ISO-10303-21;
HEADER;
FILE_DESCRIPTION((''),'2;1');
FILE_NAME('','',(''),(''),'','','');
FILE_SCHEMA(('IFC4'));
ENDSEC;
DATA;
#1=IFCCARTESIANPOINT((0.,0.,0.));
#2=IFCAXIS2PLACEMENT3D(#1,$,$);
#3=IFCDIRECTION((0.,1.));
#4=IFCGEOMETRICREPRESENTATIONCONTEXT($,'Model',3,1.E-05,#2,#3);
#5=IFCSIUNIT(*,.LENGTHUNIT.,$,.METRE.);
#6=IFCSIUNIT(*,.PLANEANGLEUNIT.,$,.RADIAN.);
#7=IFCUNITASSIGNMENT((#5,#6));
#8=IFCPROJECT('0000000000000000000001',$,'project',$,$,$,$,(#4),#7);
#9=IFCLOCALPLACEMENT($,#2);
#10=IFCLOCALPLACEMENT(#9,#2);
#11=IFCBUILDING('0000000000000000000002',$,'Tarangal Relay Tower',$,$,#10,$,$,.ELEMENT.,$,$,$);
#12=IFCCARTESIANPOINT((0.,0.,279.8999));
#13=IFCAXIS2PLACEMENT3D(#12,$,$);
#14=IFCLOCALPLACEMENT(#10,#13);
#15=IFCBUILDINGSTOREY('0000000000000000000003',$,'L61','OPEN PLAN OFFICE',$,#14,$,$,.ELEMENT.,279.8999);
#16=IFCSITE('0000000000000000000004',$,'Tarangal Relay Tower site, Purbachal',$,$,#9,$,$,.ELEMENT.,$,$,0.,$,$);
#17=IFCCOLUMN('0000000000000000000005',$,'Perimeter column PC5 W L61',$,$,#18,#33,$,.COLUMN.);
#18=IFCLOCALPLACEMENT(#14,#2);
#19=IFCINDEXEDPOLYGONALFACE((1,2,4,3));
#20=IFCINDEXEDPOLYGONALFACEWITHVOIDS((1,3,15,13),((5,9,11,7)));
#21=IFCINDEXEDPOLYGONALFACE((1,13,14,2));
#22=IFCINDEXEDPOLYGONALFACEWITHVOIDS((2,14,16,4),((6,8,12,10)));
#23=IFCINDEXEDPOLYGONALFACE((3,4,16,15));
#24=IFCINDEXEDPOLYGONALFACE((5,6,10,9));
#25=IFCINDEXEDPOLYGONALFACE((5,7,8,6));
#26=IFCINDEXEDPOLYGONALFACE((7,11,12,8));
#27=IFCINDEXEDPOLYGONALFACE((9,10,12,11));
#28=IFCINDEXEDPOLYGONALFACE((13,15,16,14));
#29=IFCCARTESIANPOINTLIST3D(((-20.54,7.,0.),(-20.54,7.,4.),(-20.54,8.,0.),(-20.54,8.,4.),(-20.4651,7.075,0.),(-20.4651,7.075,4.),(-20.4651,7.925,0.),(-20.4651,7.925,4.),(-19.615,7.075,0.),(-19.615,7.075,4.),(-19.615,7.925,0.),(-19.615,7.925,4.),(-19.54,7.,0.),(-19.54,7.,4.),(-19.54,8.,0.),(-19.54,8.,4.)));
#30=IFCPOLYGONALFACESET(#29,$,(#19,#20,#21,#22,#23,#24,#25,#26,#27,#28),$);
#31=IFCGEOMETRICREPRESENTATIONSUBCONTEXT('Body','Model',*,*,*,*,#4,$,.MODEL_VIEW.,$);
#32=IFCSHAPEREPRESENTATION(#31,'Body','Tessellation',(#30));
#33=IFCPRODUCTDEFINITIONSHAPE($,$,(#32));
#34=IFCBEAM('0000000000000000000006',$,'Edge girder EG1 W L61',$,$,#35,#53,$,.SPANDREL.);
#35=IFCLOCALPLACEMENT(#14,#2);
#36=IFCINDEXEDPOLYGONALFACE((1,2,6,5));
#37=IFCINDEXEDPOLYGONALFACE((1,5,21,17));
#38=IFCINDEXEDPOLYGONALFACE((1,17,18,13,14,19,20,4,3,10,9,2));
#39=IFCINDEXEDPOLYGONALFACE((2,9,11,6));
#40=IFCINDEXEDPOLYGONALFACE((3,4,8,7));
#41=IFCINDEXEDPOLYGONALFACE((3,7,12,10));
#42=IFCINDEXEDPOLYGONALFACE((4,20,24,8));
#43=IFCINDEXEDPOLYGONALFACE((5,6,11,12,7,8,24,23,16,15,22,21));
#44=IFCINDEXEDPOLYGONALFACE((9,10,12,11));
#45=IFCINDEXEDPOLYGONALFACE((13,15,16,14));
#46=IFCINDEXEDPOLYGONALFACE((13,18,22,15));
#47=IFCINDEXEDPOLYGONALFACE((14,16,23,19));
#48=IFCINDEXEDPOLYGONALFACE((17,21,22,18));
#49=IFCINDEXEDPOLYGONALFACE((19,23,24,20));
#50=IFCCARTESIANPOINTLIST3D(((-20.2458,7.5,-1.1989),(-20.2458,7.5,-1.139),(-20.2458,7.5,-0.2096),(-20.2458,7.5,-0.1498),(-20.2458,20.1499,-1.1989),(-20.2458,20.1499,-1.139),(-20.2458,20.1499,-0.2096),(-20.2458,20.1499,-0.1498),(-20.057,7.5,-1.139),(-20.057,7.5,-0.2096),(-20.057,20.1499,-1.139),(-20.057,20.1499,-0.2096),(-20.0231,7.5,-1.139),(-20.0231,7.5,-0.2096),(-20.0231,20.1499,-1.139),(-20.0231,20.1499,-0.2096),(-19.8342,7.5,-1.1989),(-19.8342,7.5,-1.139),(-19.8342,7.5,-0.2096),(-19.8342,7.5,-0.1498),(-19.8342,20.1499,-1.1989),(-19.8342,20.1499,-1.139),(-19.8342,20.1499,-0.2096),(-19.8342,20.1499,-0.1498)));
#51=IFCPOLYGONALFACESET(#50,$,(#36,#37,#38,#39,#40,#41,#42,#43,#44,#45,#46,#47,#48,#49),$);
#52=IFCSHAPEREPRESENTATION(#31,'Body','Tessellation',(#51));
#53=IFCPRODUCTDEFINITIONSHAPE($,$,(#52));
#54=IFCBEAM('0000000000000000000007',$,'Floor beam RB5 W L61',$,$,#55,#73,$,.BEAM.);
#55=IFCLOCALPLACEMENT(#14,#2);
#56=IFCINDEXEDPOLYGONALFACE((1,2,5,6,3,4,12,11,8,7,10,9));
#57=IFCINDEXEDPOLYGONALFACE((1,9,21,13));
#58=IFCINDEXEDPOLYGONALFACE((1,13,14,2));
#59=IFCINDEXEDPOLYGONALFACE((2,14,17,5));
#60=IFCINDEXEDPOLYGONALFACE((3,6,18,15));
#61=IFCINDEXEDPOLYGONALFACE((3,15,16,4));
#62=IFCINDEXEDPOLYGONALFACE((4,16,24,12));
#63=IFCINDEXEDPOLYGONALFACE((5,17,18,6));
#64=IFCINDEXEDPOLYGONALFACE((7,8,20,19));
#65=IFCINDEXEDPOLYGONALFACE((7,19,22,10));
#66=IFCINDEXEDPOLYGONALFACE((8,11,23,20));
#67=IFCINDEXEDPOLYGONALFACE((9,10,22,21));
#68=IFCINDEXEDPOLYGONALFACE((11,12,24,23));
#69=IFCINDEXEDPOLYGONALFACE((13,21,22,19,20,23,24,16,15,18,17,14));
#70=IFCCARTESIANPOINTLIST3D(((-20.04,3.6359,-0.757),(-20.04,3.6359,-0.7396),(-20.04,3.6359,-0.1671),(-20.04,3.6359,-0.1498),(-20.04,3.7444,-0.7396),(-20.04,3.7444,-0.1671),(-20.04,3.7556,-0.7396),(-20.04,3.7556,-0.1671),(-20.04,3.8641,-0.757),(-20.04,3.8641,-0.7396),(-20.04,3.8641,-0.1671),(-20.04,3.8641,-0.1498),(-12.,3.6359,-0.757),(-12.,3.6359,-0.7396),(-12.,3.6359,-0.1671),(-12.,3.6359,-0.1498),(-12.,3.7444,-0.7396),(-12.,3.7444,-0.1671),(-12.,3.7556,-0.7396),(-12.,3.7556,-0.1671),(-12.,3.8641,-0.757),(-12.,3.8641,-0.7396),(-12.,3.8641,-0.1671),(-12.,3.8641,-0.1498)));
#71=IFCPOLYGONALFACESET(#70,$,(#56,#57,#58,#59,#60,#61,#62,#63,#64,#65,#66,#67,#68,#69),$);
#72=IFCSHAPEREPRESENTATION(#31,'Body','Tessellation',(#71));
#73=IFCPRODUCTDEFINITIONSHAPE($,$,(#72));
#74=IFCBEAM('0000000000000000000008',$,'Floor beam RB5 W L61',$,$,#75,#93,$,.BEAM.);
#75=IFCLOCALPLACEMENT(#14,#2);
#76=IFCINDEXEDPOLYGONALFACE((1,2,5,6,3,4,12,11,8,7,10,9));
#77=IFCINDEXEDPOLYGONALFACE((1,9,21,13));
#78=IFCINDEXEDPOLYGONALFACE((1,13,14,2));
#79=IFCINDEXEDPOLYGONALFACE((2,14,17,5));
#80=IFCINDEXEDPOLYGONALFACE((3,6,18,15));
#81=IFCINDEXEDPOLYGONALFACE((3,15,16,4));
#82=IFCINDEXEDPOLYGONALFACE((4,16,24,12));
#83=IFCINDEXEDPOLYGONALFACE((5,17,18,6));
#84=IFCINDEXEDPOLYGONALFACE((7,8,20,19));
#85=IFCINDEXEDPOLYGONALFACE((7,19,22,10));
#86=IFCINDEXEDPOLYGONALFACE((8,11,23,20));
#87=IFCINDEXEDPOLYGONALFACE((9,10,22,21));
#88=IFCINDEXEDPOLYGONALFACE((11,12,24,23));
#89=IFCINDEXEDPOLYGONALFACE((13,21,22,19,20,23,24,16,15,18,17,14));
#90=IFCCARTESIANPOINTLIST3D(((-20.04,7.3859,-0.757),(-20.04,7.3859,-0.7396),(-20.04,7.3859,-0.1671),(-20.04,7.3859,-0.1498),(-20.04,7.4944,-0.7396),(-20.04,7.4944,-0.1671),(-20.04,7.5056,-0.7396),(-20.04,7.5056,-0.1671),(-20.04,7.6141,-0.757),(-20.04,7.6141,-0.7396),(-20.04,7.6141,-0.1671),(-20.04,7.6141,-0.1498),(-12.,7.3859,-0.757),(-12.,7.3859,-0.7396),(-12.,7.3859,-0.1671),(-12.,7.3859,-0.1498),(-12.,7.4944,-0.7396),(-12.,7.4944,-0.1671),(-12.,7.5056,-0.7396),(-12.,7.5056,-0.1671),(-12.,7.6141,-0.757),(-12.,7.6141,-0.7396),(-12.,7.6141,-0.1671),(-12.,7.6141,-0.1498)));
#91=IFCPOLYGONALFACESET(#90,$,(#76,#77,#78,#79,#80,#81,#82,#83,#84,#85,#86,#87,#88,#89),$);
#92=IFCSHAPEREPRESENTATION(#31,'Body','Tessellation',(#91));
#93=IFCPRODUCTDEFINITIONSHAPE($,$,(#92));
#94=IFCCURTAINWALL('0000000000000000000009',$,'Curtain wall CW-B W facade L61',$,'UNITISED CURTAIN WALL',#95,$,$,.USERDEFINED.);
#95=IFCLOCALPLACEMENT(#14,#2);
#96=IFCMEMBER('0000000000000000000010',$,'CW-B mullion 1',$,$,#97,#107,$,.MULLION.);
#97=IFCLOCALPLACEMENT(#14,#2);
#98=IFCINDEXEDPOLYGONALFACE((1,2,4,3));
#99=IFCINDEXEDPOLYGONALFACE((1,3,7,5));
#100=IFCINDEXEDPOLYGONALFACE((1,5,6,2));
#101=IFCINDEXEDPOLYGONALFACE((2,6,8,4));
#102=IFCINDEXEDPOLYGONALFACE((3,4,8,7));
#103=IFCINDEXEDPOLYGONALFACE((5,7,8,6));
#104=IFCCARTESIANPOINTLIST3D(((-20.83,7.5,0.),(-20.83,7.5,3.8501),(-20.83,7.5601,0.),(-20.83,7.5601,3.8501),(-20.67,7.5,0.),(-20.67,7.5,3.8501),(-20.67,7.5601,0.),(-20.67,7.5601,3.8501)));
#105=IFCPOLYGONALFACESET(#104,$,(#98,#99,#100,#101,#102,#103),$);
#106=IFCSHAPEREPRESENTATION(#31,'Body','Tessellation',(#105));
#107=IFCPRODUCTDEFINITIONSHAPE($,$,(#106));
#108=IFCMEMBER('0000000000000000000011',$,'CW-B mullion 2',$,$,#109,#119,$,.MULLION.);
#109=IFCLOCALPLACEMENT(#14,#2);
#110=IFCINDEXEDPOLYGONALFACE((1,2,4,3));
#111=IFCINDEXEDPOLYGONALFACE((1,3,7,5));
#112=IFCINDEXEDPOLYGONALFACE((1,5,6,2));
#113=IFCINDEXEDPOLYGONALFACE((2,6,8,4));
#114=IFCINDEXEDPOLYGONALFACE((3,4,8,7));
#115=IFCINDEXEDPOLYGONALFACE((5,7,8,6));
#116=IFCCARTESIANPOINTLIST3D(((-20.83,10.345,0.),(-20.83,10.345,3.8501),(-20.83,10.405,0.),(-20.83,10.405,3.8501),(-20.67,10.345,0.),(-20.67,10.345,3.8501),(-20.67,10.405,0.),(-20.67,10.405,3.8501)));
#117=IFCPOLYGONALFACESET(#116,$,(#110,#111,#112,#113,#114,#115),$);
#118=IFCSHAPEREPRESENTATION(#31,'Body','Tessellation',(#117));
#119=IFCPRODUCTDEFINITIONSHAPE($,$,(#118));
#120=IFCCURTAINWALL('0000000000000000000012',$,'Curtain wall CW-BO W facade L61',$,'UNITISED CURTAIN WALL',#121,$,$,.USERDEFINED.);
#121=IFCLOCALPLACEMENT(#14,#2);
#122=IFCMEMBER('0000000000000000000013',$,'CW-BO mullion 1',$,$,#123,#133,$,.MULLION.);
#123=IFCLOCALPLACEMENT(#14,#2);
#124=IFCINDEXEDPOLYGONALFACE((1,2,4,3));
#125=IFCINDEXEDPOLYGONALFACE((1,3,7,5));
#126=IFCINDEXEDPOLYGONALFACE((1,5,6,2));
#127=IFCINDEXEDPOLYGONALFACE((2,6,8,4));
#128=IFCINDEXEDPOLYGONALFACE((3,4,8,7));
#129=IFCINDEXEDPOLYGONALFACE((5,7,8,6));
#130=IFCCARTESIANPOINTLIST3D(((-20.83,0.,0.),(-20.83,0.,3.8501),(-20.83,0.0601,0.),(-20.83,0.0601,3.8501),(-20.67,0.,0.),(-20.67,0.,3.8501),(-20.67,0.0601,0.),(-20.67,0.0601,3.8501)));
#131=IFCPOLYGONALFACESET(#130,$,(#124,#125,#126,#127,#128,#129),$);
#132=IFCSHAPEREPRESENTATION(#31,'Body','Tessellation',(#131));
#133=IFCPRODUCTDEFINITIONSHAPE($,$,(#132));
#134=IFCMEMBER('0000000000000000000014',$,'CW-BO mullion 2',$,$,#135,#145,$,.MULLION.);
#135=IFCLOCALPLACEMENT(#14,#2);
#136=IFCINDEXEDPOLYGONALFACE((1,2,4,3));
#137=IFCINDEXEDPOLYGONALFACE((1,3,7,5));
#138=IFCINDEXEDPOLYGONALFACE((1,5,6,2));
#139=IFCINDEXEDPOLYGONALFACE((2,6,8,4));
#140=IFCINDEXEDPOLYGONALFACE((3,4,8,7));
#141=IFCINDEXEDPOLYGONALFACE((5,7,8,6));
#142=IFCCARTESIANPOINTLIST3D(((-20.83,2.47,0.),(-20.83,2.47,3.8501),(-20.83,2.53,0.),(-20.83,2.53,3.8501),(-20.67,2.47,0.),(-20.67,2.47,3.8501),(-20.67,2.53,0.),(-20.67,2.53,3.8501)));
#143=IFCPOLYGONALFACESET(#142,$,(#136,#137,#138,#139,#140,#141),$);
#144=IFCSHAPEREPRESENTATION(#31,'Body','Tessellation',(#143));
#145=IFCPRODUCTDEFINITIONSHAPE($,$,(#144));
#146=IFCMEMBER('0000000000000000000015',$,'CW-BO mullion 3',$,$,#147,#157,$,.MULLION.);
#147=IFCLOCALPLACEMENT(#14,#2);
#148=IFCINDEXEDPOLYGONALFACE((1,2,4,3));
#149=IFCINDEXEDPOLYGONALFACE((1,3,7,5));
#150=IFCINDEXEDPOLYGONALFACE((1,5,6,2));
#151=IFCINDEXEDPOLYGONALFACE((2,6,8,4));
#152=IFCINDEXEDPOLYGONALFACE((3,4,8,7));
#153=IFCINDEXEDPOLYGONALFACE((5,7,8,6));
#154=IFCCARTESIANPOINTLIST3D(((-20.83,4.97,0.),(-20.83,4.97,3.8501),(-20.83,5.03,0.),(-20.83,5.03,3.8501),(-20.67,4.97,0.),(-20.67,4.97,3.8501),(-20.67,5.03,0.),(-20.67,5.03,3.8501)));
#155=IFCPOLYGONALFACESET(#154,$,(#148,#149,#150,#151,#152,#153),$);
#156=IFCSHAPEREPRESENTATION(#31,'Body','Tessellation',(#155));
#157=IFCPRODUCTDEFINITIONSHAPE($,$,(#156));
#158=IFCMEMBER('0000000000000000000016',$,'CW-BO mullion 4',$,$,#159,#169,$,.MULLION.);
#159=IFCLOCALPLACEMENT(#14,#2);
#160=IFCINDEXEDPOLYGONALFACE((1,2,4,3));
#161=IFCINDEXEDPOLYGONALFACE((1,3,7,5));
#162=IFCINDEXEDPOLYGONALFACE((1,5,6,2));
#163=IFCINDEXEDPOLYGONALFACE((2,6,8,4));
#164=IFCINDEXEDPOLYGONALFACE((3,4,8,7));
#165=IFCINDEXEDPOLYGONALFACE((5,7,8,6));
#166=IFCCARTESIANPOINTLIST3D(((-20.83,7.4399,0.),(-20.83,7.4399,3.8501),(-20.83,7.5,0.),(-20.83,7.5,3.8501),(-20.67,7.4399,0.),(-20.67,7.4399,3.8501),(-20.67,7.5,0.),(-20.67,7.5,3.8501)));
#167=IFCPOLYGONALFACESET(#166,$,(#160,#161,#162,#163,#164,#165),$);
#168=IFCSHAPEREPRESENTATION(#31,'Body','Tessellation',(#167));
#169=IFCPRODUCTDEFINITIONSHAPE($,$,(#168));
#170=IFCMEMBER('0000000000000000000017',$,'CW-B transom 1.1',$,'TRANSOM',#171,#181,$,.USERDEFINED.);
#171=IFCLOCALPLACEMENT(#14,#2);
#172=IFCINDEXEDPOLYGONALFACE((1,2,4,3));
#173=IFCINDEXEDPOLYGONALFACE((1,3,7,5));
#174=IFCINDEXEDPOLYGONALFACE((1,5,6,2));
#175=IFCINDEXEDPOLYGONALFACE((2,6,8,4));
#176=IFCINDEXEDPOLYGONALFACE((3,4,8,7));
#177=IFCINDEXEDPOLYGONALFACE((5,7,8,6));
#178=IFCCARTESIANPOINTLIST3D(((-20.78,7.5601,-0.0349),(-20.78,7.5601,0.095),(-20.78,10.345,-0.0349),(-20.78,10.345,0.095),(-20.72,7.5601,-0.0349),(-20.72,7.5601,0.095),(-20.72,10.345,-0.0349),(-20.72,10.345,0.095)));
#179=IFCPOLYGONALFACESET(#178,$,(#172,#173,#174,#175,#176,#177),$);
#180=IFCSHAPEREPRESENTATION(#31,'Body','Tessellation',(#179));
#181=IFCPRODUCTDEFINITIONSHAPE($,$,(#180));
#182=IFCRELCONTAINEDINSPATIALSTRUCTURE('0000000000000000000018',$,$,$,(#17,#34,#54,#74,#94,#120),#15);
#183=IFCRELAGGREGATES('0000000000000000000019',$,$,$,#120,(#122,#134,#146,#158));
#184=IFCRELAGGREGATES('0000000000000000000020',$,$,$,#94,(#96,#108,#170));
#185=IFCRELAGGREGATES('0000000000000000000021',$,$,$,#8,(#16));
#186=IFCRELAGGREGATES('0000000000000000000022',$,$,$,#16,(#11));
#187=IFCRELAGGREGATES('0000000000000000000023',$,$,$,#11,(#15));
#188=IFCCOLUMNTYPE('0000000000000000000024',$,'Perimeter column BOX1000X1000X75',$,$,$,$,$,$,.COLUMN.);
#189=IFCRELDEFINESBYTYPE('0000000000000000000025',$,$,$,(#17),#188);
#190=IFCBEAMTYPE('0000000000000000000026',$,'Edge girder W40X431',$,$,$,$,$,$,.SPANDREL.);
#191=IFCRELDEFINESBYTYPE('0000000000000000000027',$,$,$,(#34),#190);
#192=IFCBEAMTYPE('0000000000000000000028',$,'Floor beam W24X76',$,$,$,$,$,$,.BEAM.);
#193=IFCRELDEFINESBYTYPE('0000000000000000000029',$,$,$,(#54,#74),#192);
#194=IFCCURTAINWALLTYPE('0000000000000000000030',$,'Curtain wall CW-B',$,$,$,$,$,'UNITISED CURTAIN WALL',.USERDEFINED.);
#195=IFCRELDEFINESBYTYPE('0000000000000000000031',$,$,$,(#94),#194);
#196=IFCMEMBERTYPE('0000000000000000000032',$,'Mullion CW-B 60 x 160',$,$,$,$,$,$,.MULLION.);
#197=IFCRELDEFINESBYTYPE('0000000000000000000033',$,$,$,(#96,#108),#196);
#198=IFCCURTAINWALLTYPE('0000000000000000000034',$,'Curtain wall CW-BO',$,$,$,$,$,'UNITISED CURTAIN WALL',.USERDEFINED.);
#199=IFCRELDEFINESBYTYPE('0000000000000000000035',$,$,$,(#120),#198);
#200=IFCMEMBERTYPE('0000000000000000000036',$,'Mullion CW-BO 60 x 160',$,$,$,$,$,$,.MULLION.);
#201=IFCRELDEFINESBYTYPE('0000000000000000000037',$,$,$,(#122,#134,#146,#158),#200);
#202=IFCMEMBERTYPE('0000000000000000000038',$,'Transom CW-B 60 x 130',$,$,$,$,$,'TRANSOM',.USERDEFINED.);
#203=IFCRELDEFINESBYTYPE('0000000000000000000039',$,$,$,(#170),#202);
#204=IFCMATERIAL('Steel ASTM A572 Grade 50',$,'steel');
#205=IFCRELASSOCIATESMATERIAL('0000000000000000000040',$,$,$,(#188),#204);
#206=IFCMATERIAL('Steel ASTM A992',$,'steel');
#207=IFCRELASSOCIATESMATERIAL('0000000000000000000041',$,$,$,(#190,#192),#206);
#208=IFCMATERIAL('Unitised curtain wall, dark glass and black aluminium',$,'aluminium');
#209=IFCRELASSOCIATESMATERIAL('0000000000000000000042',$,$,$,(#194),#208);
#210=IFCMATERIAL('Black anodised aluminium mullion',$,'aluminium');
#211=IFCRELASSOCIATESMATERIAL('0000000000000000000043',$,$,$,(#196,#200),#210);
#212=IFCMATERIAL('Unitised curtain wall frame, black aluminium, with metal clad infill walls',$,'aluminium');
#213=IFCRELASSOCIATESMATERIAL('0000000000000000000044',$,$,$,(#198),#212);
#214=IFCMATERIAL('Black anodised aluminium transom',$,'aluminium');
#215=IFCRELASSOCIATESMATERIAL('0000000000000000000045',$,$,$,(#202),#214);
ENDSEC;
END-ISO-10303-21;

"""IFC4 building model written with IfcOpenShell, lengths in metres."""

from ifc_helpers import new_model, si_unit, direction, frame, origin, origin_2d, place, context, subcontext, project, spatial, rectangle, hollow_rectangle, i_section, extrude, material, material_profile, profile_set, type_object, element, aggregate, save


model = new_model("IFC4")

# Units and contexts
model_context = context("Model", 3, precision=1e-05, world=origin(), true_north=direction((0.0, 1.0)))
body_context = subcontext(model_context, "Body", "Model", "MODEL_VIEW")
ifc_project = project(units=[si_unit("LENGTHUNIT", "METRE"), si_unit("PLANEANGLEUNIT", "RADIAN")], contexts=[model_context])

# Site, building, storey
site_placement = place(None, origin())
site = spatial("IfcSite", under=ifc_project, at=site_placement, Name="Tarangal Relay Tower site, Purbachal", CompositionType="ELEMENT", RefElevation=0.0)
building_placement = place(site_placement, origin())
building = spatial("IfcBuilding", under=site, at=building_placement, Name="Tarangal Relay Tower", CompositionType="ELEMENT")
storey_placement = place(building_placement, frame((0.0, 0.0, 279.8999)))
storey = spatial("IfcBuildingStorey", under=building, at=storey_placement, Name="L61", Description="OPEN PLAN OFFICE", CompositionType="ELEMENT", Elevation=279.8999)

# Column
ifc_material_1 = material(Name="Steel ASTM A572 Grade 50", Category="steel")
ifc_material_profile_1 = material_profile(ifc_material_1, hollow_rectangle(XDim=1.0, YDim=1.0, WallThickness=0.075, at=origin_2d()), Name="BOX1000X1000X75")
ifc_profile_set_1 = profile_set([ifc_material_profile_1], Name="Steel ASTM A572 Grade 50")
column_type = type_object("IfcColumnType", Name="Perimeter column BOX1000X1000X75", PredefinedType="COLUMN", material=ifc_profile_set_1)
column_placement = place(storey_placement, frame((-20.04, 7.5, 0.0), z_axis=(0.0, 0.0, 1.0), x_axis=(1.0, 0.0, 0.0)))
element("IfcColumn", 1, at=column_placement, inside=storey, type_object=column_type, Name="Perimeter column PC5 W L61", PredefinedType="COLUMN", context=body_context, shape_type="SweptSolid", body=[
    extrude(hollow_rectangle(XDim=1.0, YDim=1.0, WallThickness=0.075, at=origin_2d()), origin(), (0.0, 0.0, 1.0), 4.0),
])

# Beams
ifc_material_2 = material(Name="Steel ASTM A992", Category="steel")
ifc_material_profile_2 = material_profile(ifc_material_2, i_section(OverallWidth=0.4116, OverallDepth=1.0491, WebThickness=0.0339, FlangeThickness=0.0598, at=origin_2d()), Name="W40X431")
ifc_profile_set_2 = profile_set([ifc_material_profile_2], Name="Steel ASTM A992")
beam_type_1 = type_object("IfcBeamType", Name="Edge girder W40X431", PredefinedType="SPANDREL", material=ifc_profile_set_2)
beam_placement = place(storey_placement, frame((-20.04, 7.5, -0.6743), z_axis=(0.0, 1.0, 0.0), x_axis=(-1.0, 0.0, 0.0)))
element("IfcBeam", 2, at=beam_placement, inside=storey, type_object=beam_type_1, Name="Edge girder EG1 W L61", PredefinedType="SPANDREL", context=body_context, shape_type="SweptSolid", body=[
    extrude(i_section(OverallWidth=0.4116, OverallDepth=1.0491, WebThickness=0.0339, FlangeThickness=0.0598, at=origin_2d()), origin(), (0.0, 0.0, 1.0), 12.6499),
])
ifc_material_profile_3 = material_profile(ifc_material_2, i_section(OverallWidth=0.2283, OverallDepth=0.6072, WebThickness=0.0112, FlangeThickness=0.0173, at=origin_2d()), Name="W24X76")
ifc_profile_set_3 = profile_set([ifc_material_profile_3], Name="Steel ASTM A992")
beam_type_2 = type_object("IfcBeamType", Name="Floor beam W24X76", PredefinedType="BEAM", material=ifc_profile_set_3)
for number, where, z_axis, x_axis, name in (
    (3, (-12.0, 3.75, -0.4534), (-1.0, 0.0, 0.0), (0.0, -1.0, 0.0), "Floor beam RB5 W L61"),
    (4, (-12.0, 7.5, -0.4534), (-1.0, 0.0, 0.0), (0.0, -1.0, 0.0), "Floor beam RB5 W L61"),
):
    element("IfcBeam", number, at=place(storey_placement, frame(where, z_axis=z_axis, x_axis=x_axis)), inside=storey, type_object=beam_type_2, Name=name, PredefinedType="BEAM", context=body_context, shape_type="SweptSolid", body=[
        extrude(i_section(OverallWidth=0.2283, OverallDepth=0.6072, WebThickness=0.0112, FlangeThickness=0.0173, at=origin_2d()), origin(), (0.0, 0.0, 1.0), 8.04),
    ])

# Curtain walls, members
ifc_material_3 = material(Name="Unitised curtain wall, dark glass and black aluminium", Category="aluminium")
curtain_wall_type_1 = type_object("IfcCurtainWallType", Name="Curtain wall CW-B", ElementType="UNITISED CURTAIN WALL", PredefinedType="USERDEFINED", material=ifc_material_3)
curtain_wall_1_placement = place(storey_placement, origin())
curtain_wall_1 = element("IfcCurtainWall", 5, at=curtain_wall_1_placement, inside=storey, type_object=curtain_wall_type_1, Name="Curtain wall CW-B W facade L61", ObjectType="UNITISED CURTAIN WALL", PredefinedType="USERDEFINED")
ifc_material_4 = material(Name="Black anodised aluminium mullion", Category="aluminium")
ifc_material_profile_4 = material_profile(ifc_material_4, rectangle(XDim=0.1599, YDim=0.0601, at=origin_2d()), Name="CW-BM 60X160")
ifc_profile_set_4 = profile_set([ifc_material_profile_4], Name="Black anodised aluminium mullion")
member_type_1 = type_object("IfcMemberType", Name="Mullion CW-B 60 x 160", PredefinedType="MULLION", material=ifc_profile_set_4)
member_1_placement = place(storey_placement, frame((-20.75, 7.53, 0.0), z_axis=(0.0, 0.0, 1.0), x_axis=(-1.0, 0.0, 0.0)))
member_1 = element("IfcMember", 6, at=member_1_placement, type_object=member_type_1, Name="CW-B mullion 1", PredefinedType="MULLION", context=body_context, shape_type="SweptSolid", body=[
    extrude(rectangle(XDim=0.1599, YDim=0.0601, at=origin_2d()), origin(), (0.0, 0.0, 1.0), 3.8501),
])
member_2_placement = place(storey_placement, frame((-20.75, 10.375, 0.0), z_axis=(0.0, 0.0, 1.0), x_axis=(-1.0, 0.0, 0.0)))
member_2 = element("IfcMember", 7, at=member_2_placement, type_object=member_type_1, Name="CW-B mullion 2", PredefinedType="MULLION", context=body_context, shape_type="SweptSolid", body=[
    extrude(rectangle(XDim=0.1599, YDim=0.0601, at=origin_2d()), origin(), (0.0, 0.0, 1.0), 3.8501),
])
ifc_material_5 = material(Name="Unitised curtain wall frame, black aluminium, with metal clad infill walls", Category="aluminium")
curtain_wall_type_2 = type_object("IfcCurtainWallType", Name="Curtain wall CW-BO", ElementType="UNITISED CURTAIN WALL", PredefinedType="USERDEFINED", material=ifc_material_5)
curtain_wall_2_placement = place(storey_placement, origin())
curtain_wall_2 = element("IfcCurtainWall", 8, at=curtain_wall_2_placement, inside=storey, type_object=curtain_wall_type_2, Name="Curtain wall CW-BO W facade L61", ObjectType="UNITISED CURTAIN WALL", PredefinedType="USERDEFINED")
ifc_material_profile_5 = material_profile(ifc_material_4, rectangle(XDim=0.1599, YDim=0.0601, at=origin_2d()), Name="CW-BOM 60X160")
ifc_profile_set_5 = profile_set([ifc_material_profile_5], Name="Black anodised aluminium mullion")
member_type_2 = type_object("IfcMemberType", Name="Mullion CW-BO 60 x 160", PredefinedType="MULLION", material=ifc_profile_set_5)
member_3_placement = place(storey_placement, frame((-20.75, 0.03, 0.0), z_axis=(0.0, 0.0, 1.0), x_axis=(-1.0, 0.0, 0.0)))
member_3 = element("IfcMember", 9, at=member_3_placement, type_object=member_type_2, Name="CW-BO mullion 1", PredefinedType="MULLION", context=body_context, shape_type="SweptSolid", body=[
    extrude(rectangle(XDim=0.1599, YDim=0.0601, at=origin_2d()), origin(), (0.0, 0.0, 1.0), 3.8501),
])
member_4_placement = place(storey_placement, frame((-20.75, 2.5, 0.0), z_axis=(0.0, 0.0, 1.0), x_axis=(-1.0, 0.0, 0.0)))
member_4 = element("IfcMember", 10, at=member_4_placement, type_object=member_type_2, Name="CW-BO mullion 2", PredefinedType="MULLION", context=body_context, shape_type="SweptSolid", body=[
    extrude(rectangle(XDim=0.1599, YDim=0.0601, at=origin_2d()), origin(), (0.0, 0.0, 1.0), 3.8501),
])
member_5_placement = place(storey_placement, frame((-20.75, 5.0, 0.0), z_axis=(0.0, 0.0, 1.0), x_axis=(-1.0, 0.0, 0.0)))
member_5 = element("IfcMember", 11, at=member_5_placement, type_object=member_type_2, Name="CW-BO mullion 3", PredefinedType="MULLION", context=body_context, shape_type="SweptSolid", body=[
    extrude(rectangle(XDim=0.1599, YDim=0.0601, at=origin_2d()), origin(), (0.0, 0.0, 1.0), 3.8501),
])
member_6_placement = place(storey_placement, frame((-20.75, 7.47, 0.0), z_axis=(0.0, 0.0, 1.0), x_axis=(-1.0, 0.0, 0.0)))
member_6 = element("IfcMember", 12, at=member_6_placement, type_object=member_type_2, Name="CW-BO mullion 4", PredefinedType="MULLION", context=body_context, shape_type="SweptSolid", body=[
    extrude(rectangle(XDim=0.1599, YDim=0.0601, at=origin_2d()), origin(), (0.0, 0.0, 1.0), 3.8501),
])

# Member
ifc_material_6 = material(Name="Black anodised aluminium transom", Category="aluminium")
ifc_material_profile_6 = material_profile(ifc_material_6, rectangle(XDim=0.0601, YDim=0.1299, at=origin_2d()), Name="CW-BT 60X130")
ifc_profile_set_6 = profile_set([ifc_material_profile_6], Name="Black anodised aluminium transom")
member_type_3 = type_object("IfcMemberType", Name="Transom CW-B 60 x 130", ElementType="TRANSOM", PredefinedType="USERDEFINED", material=ifc_profile_set_6)
member_7_placement = place(storey_placement, frame((-20.75, 7.5601, 0.03), z_axis=(0.0, 1.0, 0.0), x_axis=(-1.0, 0.0, 0.0)))
member_7 = element("IfcMember", 13, at=member_7_placement, type_object=member_type_3, Name="CW-B transom 1.1", ObjectType="TRANSOM", PredefinedType="USERDEFINED", context=body_context, shape_type="SweptSolid", body=[
    extrude(rectangle(XDim=0.0601, YDim=0.1299, at=origin_2d()), origin(), (0.0, 0.0, 1.0), 2.7849),
])
aggregate(curtain_wall_2, [member_3, member_4, member_5, member_6])

aggregate(curtain_wall_1, [member_1, member_2, member_7])

save(model, "model.ifc")
